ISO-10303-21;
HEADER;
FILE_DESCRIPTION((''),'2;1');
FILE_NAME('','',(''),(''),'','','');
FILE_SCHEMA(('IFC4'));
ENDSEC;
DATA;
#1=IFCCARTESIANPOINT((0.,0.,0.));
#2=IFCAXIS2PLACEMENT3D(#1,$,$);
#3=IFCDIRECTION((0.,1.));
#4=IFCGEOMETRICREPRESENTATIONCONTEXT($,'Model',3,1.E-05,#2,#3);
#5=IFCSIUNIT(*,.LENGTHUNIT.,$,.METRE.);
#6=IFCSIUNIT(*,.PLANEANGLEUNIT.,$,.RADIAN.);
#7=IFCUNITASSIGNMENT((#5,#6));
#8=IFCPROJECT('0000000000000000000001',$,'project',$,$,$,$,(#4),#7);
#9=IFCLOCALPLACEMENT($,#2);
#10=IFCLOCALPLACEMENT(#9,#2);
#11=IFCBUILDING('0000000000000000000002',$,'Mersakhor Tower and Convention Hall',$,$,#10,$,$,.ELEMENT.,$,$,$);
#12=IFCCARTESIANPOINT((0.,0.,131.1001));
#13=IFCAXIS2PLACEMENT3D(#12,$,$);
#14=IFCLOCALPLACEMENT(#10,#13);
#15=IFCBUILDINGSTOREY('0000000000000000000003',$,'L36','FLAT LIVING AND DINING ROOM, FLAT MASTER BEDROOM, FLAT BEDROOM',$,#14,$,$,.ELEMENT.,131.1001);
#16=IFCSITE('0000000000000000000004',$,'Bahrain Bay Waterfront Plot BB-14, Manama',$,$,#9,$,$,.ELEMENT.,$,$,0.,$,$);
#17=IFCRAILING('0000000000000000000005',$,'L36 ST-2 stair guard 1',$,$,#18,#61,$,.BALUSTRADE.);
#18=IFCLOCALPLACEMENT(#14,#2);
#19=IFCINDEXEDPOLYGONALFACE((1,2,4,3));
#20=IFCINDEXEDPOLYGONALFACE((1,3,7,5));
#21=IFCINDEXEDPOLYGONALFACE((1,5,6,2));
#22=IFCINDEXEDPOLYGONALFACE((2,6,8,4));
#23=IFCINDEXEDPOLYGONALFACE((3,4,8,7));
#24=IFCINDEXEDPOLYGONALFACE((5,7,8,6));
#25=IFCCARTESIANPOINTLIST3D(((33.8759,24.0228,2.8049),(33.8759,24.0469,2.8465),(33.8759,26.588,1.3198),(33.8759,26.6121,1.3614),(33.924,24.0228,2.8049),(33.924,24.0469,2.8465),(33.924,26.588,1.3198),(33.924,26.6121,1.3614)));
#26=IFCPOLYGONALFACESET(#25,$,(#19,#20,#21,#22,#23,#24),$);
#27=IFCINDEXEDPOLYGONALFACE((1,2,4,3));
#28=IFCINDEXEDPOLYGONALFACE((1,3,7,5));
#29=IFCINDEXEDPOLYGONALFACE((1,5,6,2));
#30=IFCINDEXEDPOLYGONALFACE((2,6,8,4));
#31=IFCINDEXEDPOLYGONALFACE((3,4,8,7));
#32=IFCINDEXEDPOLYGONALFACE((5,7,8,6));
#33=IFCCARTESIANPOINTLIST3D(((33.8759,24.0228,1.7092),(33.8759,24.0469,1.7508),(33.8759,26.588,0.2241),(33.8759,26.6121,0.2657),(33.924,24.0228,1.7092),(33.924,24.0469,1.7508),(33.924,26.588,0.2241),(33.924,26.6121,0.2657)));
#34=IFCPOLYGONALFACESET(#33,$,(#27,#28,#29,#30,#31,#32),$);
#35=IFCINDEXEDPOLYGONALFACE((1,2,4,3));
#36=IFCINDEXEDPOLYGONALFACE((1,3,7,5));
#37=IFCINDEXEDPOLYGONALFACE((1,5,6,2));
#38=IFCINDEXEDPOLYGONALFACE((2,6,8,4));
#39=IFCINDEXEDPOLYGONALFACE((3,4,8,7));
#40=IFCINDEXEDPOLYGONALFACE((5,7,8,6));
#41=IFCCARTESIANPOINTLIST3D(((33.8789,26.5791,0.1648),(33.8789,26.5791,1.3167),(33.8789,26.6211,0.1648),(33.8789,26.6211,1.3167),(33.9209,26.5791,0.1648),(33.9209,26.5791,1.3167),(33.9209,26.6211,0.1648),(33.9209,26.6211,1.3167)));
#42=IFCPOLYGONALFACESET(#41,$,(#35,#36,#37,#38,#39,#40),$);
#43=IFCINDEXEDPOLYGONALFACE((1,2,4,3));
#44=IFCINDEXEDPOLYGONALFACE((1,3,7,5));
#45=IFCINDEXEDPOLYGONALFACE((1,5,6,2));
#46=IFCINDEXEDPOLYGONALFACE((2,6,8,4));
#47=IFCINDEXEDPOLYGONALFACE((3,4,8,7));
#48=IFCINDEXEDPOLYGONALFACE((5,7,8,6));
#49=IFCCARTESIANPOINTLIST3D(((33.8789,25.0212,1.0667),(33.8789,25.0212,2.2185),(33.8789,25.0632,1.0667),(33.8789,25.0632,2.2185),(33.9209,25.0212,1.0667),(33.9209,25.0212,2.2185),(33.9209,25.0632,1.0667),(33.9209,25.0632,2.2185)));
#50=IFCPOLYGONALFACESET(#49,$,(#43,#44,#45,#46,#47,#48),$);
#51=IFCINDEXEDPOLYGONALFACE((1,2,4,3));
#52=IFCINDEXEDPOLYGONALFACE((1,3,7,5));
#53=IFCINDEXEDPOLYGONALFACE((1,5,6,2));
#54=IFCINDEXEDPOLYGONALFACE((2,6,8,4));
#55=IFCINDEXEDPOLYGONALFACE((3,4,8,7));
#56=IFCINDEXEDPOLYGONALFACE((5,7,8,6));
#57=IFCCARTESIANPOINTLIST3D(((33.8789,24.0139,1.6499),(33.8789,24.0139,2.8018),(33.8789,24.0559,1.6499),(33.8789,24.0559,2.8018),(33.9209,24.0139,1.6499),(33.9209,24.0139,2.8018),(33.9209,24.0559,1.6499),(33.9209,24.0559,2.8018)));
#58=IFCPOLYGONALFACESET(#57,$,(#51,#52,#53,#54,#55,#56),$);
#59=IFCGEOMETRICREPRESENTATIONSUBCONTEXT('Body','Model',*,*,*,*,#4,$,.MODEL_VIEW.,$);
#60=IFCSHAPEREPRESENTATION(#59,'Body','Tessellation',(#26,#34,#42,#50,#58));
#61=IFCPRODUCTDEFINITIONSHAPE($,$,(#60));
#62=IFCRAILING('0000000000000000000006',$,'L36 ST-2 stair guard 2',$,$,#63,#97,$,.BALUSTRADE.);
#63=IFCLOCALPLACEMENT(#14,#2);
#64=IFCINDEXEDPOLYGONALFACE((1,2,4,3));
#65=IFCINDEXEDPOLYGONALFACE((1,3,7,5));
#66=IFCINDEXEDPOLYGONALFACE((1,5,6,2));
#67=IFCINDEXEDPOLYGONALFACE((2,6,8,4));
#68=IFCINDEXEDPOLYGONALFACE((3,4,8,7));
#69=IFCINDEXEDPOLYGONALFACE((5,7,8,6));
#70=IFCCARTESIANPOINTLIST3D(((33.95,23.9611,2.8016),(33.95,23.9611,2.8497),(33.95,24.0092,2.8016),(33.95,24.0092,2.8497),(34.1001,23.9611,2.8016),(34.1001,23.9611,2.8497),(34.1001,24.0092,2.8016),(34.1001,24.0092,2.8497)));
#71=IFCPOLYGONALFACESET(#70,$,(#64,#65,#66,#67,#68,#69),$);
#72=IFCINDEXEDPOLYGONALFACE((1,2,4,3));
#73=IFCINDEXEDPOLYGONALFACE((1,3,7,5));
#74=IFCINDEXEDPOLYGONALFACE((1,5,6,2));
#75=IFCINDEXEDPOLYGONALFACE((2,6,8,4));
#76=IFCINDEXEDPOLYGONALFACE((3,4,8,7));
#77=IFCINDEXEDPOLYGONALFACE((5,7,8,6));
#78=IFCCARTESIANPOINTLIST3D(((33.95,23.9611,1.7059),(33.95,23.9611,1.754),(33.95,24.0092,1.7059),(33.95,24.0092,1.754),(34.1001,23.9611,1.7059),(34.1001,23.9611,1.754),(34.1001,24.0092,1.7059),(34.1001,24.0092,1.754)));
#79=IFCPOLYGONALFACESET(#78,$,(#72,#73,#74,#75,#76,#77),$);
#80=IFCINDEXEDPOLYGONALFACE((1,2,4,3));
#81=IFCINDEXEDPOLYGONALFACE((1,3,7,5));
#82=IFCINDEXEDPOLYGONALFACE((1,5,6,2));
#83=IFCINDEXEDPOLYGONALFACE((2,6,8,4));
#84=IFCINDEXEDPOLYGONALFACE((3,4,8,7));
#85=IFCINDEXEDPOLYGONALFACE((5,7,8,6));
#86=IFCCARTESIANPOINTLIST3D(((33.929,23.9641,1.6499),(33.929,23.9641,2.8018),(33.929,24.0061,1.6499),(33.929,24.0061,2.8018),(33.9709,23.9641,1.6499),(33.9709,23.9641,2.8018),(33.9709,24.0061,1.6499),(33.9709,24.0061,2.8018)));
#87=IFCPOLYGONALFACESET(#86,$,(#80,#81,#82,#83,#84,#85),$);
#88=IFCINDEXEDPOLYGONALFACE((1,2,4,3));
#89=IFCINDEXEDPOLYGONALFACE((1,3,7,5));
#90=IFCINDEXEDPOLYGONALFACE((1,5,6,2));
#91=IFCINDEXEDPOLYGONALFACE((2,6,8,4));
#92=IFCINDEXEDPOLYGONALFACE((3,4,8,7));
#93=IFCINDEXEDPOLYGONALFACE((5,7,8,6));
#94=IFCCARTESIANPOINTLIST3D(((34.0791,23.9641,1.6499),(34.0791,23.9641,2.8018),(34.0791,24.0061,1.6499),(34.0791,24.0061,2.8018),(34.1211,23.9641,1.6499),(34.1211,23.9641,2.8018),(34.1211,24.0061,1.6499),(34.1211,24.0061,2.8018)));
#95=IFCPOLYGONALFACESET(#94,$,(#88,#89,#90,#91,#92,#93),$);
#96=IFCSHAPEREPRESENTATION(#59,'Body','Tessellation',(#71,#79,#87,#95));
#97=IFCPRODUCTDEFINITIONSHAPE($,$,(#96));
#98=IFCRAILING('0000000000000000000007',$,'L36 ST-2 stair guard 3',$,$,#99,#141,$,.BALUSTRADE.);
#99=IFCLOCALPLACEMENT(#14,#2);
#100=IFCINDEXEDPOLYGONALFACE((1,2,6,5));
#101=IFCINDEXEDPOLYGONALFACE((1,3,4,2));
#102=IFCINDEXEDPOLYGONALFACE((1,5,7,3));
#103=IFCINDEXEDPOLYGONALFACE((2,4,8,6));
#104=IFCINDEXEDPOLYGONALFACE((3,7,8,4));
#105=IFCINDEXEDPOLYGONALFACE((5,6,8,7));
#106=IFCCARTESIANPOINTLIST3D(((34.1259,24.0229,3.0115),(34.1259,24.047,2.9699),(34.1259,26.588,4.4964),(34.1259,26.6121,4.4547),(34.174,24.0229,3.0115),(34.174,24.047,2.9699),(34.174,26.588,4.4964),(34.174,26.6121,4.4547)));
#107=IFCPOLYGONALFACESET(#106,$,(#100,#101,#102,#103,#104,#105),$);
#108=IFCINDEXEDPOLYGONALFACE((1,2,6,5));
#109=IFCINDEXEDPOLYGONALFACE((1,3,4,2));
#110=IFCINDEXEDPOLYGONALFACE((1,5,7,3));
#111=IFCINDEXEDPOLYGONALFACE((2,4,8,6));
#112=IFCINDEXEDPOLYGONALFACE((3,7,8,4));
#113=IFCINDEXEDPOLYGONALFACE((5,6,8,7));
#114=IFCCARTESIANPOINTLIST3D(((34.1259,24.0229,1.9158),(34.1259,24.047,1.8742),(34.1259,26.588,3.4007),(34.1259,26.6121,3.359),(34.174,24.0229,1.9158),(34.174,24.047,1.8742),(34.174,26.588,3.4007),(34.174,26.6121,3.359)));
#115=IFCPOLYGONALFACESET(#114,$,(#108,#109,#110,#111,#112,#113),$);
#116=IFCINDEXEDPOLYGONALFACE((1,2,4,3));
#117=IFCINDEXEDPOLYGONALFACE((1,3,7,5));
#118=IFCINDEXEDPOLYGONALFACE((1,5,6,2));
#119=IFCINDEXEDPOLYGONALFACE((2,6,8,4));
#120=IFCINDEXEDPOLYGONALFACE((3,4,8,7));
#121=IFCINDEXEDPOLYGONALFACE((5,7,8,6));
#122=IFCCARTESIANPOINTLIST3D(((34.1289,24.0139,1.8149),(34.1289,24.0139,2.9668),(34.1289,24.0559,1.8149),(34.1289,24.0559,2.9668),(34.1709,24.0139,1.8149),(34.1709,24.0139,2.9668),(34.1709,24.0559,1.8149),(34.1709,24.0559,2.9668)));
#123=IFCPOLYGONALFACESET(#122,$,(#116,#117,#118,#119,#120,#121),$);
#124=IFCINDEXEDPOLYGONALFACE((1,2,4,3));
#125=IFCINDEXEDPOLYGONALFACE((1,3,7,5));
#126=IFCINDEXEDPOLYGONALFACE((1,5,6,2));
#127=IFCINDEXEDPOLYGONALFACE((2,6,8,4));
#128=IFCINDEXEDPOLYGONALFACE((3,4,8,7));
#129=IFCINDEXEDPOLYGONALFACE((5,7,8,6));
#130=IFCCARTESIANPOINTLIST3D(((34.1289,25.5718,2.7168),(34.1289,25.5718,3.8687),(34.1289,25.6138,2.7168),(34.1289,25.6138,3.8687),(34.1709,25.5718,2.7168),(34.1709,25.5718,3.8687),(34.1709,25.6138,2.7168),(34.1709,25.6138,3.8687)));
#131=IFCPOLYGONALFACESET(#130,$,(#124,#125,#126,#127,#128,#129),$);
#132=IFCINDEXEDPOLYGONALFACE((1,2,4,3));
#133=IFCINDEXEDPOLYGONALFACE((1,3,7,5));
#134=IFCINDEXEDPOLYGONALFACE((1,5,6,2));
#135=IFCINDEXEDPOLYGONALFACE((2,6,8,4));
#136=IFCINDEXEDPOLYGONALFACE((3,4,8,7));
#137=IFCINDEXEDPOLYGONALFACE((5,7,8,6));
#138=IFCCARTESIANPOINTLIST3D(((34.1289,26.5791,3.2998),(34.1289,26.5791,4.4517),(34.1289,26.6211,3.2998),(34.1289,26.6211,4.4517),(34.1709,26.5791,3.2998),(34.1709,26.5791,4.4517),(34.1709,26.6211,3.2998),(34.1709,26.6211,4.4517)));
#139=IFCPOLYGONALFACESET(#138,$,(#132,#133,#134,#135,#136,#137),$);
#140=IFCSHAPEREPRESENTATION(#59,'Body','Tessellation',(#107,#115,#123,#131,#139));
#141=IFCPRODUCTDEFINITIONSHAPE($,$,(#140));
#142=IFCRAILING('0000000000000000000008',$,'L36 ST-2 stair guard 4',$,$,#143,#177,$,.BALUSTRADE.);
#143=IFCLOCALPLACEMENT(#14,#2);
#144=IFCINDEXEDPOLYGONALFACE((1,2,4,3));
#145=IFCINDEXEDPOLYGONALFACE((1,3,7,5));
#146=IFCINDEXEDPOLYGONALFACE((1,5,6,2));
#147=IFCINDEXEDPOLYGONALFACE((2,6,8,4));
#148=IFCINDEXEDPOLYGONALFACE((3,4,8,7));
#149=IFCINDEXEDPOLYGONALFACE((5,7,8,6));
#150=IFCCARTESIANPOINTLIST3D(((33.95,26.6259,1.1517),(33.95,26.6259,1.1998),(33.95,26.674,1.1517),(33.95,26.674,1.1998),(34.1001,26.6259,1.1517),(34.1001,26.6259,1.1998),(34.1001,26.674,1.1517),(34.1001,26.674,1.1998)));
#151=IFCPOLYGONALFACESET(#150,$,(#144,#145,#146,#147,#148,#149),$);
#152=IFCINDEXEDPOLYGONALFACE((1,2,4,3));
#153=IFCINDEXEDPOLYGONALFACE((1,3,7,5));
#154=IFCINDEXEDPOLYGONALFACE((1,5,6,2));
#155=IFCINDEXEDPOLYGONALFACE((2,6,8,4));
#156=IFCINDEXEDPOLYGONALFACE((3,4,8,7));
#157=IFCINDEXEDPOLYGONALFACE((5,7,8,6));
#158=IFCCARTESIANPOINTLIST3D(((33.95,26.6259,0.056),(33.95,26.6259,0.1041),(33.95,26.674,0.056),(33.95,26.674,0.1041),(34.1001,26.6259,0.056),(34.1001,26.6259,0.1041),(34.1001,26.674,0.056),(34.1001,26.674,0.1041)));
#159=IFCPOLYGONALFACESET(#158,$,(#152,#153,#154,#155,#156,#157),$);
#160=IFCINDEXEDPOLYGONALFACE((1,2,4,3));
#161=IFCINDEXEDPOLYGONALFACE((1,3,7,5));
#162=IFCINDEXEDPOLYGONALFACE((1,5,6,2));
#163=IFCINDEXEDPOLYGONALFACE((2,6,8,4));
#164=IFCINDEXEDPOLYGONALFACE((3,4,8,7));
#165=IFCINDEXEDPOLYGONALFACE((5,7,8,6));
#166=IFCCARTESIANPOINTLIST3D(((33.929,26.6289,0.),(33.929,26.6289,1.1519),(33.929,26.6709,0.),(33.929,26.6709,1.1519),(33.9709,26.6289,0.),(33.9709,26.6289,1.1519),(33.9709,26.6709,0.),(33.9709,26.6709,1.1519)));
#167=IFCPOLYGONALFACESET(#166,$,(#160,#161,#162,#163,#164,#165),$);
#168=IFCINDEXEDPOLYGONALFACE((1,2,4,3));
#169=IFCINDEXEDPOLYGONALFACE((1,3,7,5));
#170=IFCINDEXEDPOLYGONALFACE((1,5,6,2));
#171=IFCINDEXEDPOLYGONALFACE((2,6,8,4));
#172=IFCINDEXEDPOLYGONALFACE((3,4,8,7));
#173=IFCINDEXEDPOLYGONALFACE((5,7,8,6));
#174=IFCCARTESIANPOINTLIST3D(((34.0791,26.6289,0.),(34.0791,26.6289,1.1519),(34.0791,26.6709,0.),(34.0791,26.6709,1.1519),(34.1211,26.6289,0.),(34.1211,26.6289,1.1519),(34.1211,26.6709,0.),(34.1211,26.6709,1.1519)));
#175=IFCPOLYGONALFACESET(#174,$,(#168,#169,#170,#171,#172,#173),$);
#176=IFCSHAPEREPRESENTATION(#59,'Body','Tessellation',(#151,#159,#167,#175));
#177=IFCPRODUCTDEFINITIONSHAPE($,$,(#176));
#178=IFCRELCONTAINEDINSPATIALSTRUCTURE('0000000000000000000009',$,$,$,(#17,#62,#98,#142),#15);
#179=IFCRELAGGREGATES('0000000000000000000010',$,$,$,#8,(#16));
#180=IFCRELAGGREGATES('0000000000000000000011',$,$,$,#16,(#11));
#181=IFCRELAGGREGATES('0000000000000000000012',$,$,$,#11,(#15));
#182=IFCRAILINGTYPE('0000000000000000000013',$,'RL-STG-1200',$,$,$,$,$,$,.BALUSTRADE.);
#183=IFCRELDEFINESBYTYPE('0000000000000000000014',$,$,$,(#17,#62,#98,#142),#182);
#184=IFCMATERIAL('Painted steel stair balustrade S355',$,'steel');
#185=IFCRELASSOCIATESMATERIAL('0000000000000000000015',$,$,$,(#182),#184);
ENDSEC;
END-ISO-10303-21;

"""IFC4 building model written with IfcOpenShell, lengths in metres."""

from ifc_helpers import new_model, si_unit, direction, frame, origin, origin_2d, place, context, subcontext, project, spatial, rectangle, extrude, material, type_object, element, save


model = new_model("IFC4")

# Units and contexts
model_context = context("Model", 3, precision=1e-05, world=origin(), true_north=direction((0.0, 1.0)))
body_context = subcontext(model_context, "Body", "Model", "MODEL_VIEW")
ifc_project = project(units=[si_unit("LENGTHUNIT", "METRE"), si_unit("PLANEANGLEUNIT", "RADIAN")], contexts=[model_context])

# Site, building, storey
site_placement = place(None, origin())
site = spatial("IfcSite", under=ifc_project, at=site_placement, Name="Bahrain Bay Waterfront Plot BB-14, Manama", CompositionType="ELEMENT", RefElevation=0.0)
building_placement = place(site_placement, origin())
building = spatial("IfcBuilding", under=site, at=building_placement, Name="Mersakhor Tower and Convention Hall", CompositionType="ELEMENT")
storey_placement = place(building_placement, frame((0.0, 0.0, 131.1001)))
storey = spatial("IfcBuildingStorey", under=building, at=storey_placement, Name="L36", Description="FLAT LIVING AND DINING ROOM, FLAT MASTER BEDROOM, FLAT BEDROOM", CompositionType="ELEMENT", Elevation=131.1001)

# Railings
ifc_material_1 = material(Name="Painted steel stair balustrade S355", Category="steel")
railing_type_1 = type_object("IfcRailingType", Name="RL-STG-1200", PredefinedType="BALUSTRADE", material=ifc_material_1)
railing_1_placement = place(storey_placement, frame((33.8999, 26.6001, 0.1648)))
element("IfcRailing", 1, at=railing_1_placement, inside=storey, type_object=railing_type_1, Name="L36 ST-2 stair guard 1", PredefinedType="BALUSTRADE", context=body_context, shape_type="SweptSolid", body=[
    extrude(rectangle(XDim=0.0481, YDim=0.0481, at=origin_2d()), frame((0.0, 0.0, 1.1758), z_axis=(0.0, -0.865426, 0.501036), x_axis=(1.0, 0.0, 0.0)), (0.0, 0.0, 1.0), 2.9641),
    extrude(rectangle(XDim=0.0481, YDim=0.0481, at=origin_2d()), frame((0.0, 0.0, 0.0801), z_axis=(0.0, -0.865426, 0.501036), x_axis=(1.0, 0.0, 0.0)), (0.0, 0.0, 1.0), 2.9641),
    extrude(rectangle(XDim=0.042, YDim=0.042, at=origin_2d()), origin(), (0.0, 0.0, 1.0), 1.1519),
    extrude(rectangle(XDim=0.042, YDim=0.042, at=origin_2d()), frame((0.0, -1.5579, 0.9019)), (0.0, 0.0, 1.0), 1.1519),
    extrude(rectangle(XDim=0.042, YDim=0.042, at=origin_2d()), frame((0.0, -2.5652, 1.4851)), (0.0, 0.0, 1.0), 1.1519),
])
railing_2_placement = place(storey_placement, frame((33.95, 23.9851, 1.6499)))
element("IfcRailing", 2, at=railing_2_placement, inside=storey, type_object=railing_type_1, Name="L36 ST-2 stair guard 2", PredefinedType="BALUSTRADE", context=body_context, shape_type="SweptSolid", body=[
    extrude(rectangle(XDim=0.0481, YDim=0.0481, at=origin_2d()), frame((0.0, 0.0, 1.1758), z_axis=(1.0, 0.0, 0.0), x_axis=(0.0, 1.0, 0.0)), (0.0, 0.0, 1.0), 0.1501),
    extrude(rectangle(XDim=0.0481, YDim=0.0481, at=origin_2d()), frame((0.0, 0.0, 0.0801), z_axis=(1.0, 0.0, 0.0), x_axis=(0.0, 1.0, 0.0)), (0.0, 0.0, 1.0), 0.1501),
    extrude(rectangle(XDim=0.042, YDim=0.042, at=origin_2d()), origin(), (0.0, 0.0, 1.0), 1.1519),
    extrude(rectangle(XDim=0.042, YDim=0.042, at=origin_2d()), frame((0.1501, 0.0, 0.0)), (0.0, 0.0, 1.0), 1.1519),
])
railing_3_placement = place(storey_placement, frame((34.1499, 24.0349, 1.8149)))
element("IfcRailing", 3, at=railing_3_placement, inside=storey, type_object=railing_type_1, Name="L36 ST-2 stair guard 3", PredefinedType="BALUSTRADE", context=body_context, shape_type="SweptSolid", body=[
    extrude(rectangle(XDim=0.0481, YDim=0.0481, at=origin_2d()), frame((0.0, 0.0, 1.1758), z_axis=(0.0, 0.865462, 0.500975), x_axis=(-1.0, 0.0, 0.0)), (0.0, 0.0, 1.0), 2.9639),
    extrude(rectangle(XDim=0.0481, YDim=0.0481, at=origin_2d()), frame((0.0, 0.0, 0.0801), z_axis=(0.0, 0.865462, 0.500975), x_axis=(-1.0, 0.0, 0.0)), (0.0, 0.0, 1.0), 2.9639),
    extrude(rectangle(XDim=0.042, YDim=0.042, at=origin_2d()), origin(), (0.0, 0.0, 1.0), 1.1519),
    extrude(rectangle(XDim=0.042, YDim=0.042, at=origin_2d()), frame((0.0, 1.5579, 0.9019)), (0.0, 0.0, 1.0), 1.1519),
    extrude(rectangle(XDim=0.042, YDim=0.042, at=origin_2d()), frame((0.0, 2.5652, 1.4849)), (0.0, 0.0, 1.0), 1.1519),
])
railing_4_placement = place(storey_placement, frame((33.95, 26.6499, 0.0)))
element("IfcRailing", 4, at=railing_4_placement, inside=storey, type_object=railing_type_1, Name="L36 ST-2 stair guard 4", PredefinedType="BALUSTRADE", context=body_context, shape_type="SweptSolid", body=[
    extrude(rectangle(XDim=0.0481, YDim=0.0481, at=origin_2d()), frame((0.0, 0.0, 1.1758), z_axis=(1.0, 0.0, 0.0), x_axis=(0.0, 1.0, 0.0)), (0.0, 0.0, 1.0), 0.1501),
    extrude(rectangle(XDim=0.0481, YDim=0.0481, at=origin_2d()), frame((0.0, 0.0, 0.0801), z_axis=(1.0, 0.0, 0.0), x_axis=(0.0, 1.0, 0.0)), (0.0, 0.0, 1.0), 0.1501),
    extrude(rectangle(XDim=0.042, YDim=0.042, at=origin_2d()), origin(), (0.0, 0.0, 1.0), 1.1519),
    extrude(rectangle(XDim=0.042, YDim=0.042, at=origin_2d()), frame((0.1501, 0.0, 0.0)), (0.0, 0.0, 1.0), 1.1519),
])

save(model, "model.ifc")
